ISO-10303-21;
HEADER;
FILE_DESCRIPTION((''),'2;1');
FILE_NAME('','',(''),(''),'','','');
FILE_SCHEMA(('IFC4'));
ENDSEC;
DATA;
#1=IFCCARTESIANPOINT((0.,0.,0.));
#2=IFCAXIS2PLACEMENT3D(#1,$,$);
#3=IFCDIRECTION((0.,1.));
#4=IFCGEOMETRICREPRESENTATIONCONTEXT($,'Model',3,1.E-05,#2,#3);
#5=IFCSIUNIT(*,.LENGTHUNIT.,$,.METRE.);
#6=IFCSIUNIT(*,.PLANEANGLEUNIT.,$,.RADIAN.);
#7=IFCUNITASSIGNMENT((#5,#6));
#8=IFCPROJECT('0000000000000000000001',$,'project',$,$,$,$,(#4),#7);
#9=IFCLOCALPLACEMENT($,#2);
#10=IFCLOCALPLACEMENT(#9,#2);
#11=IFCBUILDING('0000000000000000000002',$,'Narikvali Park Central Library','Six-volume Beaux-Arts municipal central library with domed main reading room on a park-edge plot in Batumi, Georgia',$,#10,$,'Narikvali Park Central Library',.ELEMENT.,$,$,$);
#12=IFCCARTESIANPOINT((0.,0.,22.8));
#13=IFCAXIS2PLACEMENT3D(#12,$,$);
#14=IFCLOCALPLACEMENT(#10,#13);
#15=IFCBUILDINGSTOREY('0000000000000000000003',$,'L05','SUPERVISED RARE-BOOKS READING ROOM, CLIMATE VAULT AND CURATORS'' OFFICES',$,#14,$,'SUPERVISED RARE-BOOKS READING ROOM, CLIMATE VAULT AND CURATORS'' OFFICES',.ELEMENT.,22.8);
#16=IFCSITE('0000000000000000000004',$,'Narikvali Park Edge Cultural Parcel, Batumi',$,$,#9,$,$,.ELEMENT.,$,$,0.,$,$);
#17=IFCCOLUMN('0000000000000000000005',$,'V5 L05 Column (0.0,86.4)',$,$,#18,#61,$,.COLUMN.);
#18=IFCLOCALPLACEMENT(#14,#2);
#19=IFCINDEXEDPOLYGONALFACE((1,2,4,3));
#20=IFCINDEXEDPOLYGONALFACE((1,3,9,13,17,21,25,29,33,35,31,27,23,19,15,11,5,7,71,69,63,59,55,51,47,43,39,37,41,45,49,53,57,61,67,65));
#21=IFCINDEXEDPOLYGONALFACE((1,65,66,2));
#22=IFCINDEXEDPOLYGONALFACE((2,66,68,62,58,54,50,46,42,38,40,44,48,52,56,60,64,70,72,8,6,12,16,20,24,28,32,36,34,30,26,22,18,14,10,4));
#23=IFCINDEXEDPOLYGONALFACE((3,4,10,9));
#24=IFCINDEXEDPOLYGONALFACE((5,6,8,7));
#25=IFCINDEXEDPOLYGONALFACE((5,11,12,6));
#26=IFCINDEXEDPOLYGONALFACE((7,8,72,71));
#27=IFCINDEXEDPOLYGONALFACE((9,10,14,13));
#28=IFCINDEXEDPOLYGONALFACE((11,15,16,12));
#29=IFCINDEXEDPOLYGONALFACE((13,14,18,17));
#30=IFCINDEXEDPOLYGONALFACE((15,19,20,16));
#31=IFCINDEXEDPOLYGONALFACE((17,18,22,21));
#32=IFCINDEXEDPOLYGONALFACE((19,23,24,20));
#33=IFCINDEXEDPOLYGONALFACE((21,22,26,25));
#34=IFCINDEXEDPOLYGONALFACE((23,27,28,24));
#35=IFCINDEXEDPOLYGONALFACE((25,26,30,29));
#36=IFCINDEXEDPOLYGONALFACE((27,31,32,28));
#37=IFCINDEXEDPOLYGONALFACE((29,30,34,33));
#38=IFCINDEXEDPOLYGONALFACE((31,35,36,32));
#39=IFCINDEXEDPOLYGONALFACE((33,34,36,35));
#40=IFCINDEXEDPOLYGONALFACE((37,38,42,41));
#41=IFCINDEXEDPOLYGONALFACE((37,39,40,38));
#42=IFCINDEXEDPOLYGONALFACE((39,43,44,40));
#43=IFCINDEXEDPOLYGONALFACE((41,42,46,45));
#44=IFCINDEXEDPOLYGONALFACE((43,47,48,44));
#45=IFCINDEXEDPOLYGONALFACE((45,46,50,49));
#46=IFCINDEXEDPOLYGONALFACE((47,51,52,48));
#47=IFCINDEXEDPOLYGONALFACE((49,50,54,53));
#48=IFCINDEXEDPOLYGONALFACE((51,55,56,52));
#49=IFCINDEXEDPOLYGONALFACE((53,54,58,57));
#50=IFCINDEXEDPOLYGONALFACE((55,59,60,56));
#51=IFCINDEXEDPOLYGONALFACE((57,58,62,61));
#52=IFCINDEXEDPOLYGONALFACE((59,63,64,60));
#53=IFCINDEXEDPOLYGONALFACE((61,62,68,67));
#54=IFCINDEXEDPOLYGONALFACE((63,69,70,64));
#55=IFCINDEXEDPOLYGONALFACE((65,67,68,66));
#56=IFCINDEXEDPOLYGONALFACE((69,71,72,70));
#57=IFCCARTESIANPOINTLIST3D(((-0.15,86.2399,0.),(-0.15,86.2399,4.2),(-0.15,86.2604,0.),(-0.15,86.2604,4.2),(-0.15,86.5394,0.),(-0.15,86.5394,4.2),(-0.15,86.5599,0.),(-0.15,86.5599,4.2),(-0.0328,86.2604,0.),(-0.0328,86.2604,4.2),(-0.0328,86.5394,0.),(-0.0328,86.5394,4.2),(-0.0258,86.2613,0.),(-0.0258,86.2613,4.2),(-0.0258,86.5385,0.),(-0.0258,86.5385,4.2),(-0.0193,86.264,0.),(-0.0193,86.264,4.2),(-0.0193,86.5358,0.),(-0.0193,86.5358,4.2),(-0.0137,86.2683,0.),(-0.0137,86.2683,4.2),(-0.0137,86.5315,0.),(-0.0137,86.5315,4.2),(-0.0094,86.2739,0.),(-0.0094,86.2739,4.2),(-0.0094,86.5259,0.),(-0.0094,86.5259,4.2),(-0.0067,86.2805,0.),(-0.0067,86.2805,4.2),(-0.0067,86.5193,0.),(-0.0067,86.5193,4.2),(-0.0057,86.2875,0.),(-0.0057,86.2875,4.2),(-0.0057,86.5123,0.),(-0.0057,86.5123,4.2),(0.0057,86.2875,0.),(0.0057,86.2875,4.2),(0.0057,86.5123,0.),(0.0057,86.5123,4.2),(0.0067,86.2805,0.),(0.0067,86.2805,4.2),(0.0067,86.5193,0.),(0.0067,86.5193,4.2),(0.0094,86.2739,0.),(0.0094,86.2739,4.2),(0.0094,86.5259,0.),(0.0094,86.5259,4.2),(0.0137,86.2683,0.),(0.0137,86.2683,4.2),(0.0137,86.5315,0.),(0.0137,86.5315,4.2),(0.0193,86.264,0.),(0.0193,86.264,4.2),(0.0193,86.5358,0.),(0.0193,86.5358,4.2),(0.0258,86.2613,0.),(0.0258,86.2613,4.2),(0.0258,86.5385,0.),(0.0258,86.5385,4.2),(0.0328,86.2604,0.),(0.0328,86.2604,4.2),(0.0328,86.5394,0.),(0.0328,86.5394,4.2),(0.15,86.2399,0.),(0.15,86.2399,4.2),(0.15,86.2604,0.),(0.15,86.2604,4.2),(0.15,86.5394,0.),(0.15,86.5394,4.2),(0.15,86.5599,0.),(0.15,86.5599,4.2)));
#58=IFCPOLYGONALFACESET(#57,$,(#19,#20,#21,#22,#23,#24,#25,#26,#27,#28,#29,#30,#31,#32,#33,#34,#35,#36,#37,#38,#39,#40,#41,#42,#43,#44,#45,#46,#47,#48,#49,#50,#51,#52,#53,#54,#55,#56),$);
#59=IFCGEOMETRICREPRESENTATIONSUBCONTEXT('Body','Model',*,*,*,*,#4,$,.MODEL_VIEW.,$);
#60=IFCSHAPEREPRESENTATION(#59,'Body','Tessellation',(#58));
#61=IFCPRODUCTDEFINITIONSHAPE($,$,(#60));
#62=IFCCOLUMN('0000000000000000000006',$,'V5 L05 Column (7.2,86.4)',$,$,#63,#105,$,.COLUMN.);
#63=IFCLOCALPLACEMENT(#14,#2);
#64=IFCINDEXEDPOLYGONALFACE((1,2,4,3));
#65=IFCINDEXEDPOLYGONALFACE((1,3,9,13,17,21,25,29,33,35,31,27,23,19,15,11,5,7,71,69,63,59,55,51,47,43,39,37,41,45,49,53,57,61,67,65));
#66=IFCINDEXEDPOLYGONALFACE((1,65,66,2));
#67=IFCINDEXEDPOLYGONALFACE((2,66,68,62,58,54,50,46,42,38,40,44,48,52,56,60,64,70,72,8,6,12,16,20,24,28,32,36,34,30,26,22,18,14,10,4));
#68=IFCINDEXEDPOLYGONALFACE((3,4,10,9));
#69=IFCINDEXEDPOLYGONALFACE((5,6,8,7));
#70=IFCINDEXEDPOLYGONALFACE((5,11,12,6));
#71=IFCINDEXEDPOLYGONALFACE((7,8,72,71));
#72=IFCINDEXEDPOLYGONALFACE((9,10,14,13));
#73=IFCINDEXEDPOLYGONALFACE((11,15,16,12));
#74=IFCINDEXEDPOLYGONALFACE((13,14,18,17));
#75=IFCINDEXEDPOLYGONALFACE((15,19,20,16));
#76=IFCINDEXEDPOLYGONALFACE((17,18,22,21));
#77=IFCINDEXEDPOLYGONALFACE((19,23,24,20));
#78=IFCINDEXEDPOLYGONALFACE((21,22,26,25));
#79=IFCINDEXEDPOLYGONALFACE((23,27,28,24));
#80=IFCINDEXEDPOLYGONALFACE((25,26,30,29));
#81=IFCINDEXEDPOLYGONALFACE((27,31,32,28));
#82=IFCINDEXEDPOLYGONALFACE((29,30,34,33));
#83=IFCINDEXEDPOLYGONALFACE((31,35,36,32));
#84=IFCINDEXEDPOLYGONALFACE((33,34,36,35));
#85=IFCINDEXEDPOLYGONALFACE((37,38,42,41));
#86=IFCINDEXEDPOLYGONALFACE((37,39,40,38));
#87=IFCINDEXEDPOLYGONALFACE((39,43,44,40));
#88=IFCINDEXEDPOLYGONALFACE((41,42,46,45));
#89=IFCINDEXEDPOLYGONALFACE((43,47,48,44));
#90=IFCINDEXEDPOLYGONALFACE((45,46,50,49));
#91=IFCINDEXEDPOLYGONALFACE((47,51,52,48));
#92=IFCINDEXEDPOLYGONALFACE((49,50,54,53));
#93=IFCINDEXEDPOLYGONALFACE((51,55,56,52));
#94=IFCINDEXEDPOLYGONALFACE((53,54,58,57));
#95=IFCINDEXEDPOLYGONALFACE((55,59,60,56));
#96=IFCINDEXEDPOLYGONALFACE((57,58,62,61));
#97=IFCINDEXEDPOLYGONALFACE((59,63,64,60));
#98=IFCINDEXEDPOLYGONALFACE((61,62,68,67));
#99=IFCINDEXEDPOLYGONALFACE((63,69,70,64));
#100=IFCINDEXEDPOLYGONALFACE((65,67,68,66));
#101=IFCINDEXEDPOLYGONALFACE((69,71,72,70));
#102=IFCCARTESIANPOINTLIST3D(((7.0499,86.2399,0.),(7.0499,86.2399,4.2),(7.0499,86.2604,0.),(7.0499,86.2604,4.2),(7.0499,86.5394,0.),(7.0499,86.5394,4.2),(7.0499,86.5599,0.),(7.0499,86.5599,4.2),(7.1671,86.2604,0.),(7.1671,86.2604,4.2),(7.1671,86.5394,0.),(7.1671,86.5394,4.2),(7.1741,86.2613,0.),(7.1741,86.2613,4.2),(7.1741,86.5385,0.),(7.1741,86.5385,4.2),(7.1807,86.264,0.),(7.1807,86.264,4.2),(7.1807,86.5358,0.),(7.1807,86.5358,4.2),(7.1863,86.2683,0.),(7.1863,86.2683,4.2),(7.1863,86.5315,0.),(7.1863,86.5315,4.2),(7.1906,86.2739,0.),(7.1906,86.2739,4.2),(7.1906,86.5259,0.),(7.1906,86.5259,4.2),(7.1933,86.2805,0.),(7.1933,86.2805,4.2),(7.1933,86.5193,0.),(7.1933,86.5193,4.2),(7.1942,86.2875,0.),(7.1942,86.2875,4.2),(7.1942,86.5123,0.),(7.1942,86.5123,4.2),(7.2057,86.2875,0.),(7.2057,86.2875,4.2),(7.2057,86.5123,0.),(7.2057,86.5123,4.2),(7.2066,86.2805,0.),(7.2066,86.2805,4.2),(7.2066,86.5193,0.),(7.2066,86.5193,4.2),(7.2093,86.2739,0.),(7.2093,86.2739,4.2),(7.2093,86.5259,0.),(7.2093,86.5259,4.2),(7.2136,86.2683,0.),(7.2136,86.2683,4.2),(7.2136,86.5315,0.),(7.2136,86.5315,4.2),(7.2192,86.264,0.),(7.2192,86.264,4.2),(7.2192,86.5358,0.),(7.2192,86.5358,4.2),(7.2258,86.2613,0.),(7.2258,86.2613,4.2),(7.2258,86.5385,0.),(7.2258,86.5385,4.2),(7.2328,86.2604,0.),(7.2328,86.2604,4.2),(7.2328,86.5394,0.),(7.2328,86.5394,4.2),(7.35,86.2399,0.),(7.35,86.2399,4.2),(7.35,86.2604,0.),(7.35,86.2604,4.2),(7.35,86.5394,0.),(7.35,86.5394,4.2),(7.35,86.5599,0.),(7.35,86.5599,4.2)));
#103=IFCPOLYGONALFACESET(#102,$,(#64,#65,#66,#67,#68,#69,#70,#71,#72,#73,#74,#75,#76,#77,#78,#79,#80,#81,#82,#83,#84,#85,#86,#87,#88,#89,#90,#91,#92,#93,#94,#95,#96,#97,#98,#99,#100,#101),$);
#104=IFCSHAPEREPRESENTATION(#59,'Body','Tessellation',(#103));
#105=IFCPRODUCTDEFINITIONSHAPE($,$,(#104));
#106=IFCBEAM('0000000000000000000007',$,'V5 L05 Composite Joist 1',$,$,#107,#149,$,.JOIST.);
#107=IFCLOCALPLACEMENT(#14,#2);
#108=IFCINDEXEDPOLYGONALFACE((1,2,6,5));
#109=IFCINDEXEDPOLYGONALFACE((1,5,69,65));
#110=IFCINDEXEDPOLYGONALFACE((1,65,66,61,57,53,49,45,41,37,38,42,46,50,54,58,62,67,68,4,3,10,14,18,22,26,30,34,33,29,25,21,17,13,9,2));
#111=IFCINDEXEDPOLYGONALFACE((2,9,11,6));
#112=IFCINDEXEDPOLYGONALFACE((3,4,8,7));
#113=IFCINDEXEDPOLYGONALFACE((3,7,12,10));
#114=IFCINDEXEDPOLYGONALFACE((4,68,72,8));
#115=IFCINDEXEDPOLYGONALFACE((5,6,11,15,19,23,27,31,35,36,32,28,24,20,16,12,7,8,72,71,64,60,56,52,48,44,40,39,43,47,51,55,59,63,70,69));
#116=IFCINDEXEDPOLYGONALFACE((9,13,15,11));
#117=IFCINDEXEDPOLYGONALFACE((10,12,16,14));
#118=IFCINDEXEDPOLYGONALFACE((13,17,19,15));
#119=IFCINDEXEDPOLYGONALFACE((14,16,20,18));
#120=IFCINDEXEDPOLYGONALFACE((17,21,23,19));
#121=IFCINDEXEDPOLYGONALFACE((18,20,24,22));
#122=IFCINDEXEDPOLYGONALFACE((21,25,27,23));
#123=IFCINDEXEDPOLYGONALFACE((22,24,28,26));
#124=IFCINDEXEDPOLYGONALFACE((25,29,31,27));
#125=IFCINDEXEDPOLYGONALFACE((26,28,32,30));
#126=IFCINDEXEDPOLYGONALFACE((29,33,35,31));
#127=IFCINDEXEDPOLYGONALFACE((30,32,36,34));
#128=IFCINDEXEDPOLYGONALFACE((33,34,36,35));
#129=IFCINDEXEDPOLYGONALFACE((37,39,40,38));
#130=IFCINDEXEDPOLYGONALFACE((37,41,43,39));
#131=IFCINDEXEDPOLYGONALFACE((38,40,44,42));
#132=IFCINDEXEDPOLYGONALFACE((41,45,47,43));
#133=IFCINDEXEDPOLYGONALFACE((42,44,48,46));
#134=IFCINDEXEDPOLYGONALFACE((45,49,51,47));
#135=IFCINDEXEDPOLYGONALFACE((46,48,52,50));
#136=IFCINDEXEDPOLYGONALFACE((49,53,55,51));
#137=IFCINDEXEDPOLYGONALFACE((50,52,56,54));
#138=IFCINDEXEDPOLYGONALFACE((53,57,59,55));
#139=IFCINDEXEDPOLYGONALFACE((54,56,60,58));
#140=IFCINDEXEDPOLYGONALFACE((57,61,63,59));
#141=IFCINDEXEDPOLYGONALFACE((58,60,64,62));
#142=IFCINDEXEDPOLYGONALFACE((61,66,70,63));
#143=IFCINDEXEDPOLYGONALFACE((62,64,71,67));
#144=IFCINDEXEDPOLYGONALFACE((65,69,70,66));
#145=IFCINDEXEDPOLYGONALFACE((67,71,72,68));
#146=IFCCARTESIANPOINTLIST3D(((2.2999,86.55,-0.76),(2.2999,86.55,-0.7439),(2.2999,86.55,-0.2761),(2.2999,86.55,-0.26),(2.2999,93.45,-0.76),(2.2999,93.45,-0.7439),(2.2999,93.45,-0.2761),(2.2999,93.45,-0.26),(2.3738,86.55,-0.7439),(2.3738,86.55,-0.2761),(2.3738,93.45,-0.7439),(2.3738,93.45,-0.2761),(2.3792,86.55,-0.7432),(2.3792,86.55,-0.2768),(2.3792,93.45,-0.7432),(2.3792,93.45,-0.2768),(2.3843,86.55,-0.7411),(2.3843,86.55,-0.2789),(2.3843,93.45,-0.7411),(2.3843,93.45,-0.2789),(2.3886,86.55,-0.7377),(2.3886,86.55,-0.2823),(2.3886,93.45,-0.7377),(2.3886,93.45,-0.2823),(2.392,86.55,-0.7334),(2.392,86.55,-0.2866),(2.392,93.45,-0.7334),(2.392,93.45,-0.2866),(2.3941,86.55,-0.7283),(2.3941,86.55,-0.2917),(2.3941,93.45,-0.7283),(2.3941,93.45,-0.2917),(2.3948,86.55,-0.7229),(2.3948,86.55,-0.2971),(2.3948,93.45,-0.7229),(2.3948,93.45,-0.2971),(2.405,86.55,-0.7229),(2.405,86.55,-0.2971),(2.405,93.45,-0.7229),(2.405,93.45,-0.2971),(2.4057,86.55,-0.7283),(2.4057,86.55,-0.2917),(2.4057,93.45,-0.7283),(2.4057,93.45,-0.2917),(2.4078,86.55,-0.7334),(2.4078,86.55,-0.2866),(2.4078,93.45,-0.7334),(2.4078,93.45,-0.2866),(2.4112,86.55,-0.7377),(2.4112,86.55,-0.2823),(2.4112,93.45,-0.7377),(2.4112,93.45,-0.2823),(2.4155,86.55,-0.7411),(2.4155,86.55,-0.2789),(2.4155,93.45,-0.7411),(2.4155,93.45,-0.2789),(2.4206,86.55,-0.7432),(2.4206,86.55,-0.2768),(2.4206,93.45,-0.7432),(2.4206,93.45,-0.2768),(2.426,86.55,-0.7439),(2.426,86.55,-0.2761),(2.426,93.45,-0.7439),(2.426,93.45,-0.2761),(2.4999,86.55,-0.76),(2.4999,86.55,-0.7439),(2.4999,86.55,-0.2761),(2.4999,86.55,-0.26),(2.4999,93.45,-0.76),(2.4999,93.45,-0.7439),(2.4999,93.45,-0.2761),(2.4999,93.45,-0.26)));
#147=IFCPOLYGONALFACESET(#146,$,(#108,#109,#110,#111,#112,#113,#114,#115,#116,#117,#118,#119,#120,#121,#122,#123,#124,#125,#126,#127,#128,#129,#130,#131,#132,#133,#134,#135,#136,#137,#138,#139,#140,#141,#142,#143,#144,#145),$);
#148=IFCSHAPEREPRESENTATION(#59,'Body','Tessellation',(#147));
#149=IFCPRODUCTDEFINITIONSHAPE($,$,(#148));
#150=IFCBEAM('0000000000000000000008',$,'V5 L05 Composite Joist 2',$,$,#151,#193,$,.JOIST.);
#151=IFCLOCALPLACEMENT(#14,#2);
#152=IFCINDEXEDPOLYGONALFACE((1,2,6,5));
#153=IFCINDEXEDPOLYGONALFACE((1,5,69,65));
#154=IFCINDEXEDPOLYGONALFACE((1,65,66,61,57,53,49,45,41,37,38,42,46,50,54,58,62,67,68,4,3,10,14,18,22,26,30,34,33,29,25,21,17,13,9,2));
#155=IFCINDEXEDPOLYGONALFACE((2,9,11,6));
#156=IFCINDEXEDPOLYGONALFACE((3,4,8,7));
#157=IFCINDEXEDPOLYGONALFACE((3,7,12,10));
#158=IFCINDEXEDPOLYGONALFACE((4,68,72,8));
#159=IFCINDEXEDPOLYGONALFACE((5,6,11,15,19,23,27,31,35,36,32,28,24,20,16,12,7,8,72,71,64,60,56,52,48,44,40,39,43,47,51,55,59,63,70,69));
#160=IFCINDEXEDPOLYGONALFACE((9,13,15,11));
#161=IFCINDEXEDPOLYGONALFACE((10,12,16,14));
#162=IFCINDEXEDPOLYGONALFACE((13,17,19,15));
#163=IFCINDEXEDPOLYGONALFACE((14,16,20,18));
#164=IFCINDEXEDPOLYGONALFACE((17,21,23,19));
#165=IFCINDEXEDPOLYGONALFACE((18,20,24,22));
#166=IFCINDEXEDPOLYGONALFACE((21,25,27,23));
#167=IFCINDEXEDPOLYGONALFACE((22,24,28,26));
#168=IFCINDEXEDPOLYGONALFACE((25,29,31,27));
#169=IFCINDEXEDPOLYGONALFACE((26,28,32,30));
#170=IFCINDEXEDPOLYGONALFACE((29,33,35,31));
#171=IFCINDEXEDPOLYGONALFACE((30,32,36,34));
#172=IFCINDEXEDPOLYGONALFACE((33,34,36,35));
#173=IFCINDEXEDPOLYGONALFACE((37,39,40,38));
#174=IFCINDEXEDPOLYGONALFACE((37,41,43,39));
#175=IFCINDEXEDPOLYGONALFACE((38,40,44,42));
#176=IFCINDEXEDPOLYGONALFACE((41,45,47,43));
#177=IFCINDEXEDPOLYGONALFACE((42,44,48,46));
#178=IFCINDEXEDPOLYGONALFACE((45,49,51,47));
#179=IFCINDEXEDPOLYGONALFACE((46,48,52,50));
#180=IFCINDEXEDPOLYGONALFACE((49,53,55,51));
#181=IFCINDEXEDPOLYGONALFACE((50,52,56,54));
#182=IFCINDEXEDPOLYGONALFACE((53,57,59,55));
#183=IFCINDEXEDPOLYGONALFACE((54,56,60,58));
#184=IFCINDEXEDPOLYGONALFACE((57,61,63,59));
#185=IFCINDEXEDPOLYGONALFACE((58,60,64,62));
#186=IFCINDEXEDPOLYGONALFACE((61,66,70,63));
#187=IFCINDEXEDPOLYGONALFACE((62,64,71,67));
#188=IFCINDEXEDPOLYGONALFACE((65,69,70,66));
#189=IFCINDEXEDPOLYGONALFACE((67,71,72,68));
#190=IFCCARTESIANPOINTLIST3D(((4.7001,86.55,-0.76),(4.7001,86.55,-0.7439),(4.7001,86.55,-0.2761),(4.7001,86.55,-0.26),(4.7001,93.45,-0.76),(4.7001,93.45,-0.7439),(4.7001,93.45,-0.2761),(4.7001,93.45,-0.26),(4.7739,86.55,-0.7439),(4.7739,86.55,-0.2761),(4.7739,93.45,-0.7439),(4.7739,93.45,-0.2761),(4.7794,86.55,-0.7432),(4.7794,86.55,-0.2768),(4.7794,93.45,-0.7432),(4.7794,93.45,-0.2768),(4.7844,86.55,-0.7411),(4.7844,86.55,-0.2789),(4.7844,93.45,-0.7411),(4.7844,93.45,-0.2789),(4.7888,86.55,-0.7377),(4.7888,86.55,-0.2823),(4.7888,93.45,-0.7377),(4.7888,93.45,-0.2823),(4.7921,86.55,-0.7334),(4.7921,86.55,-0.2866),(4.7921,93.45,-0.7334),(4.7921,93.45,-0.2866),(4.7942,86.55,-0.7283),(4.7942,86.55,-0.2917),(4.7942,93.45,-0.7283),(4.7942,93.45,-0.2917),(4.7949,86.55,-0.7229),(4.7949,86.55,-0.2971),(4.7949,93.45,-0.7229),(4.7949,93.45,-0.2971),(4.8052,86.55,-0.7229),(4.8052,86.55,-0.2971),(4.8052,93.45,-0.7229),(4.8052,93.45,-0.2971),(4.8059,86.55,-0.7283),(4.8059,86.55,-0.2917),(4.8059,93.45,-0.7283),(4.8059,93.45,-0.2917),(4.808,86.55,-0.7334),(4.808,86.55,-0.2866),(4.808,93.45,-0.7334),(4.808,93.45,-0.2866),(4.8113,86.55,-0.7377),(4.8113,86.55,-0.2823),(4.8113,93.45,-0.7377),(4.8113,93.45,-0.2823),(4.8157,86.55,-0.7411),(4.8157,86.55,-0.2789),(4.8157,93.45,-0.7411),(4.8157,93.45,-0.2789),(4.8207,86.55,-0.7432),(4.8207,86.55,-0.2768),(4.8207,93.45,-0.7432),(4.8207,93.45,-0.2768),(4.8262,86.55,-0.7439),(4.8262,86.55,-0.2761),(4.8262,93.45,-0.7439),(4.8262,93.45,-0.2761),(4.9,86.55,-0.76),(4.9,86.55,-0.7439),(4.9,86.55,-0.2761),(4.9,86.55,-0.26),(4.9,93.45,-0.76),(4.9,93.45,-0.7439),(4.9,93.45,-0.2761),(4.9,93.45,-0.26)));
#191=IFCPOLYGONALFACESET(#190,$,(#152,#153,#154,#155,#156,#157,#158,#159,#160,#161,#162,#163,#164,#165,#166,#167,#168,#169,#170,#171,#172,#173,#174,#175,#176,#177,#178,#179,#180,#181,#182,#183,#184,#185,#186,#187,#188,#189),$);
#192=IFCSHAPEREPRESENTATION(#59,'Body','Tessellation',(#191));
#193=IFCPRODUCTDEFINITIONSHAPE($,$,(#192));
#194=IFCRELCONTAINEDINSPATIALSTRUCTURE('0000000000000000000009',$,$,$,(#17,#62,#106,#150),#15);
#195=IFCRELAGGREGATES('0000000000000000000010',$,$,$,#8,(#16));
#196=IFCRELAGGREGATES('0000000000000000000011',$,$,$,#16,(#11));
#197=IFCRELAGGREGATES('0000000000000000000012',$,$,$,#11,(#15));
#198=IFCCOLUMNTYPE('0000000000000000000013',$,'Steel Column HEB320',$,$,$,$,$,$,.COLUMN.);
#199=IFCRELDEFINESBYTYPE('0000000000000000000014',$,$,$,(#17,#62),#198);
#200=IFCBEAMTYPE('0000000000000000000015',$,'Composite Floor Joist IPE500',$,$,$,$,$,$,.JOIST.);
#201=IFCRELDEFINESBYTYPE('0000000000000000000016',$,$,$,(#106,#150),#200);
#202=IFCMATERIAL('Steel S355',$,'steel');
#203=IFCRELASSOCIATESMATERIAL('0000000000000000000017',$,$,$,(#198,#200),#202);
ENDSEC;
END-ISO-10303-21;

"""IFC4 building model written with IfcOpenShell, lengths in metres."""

from ifc_helpers import new_model, si_unit, direction, frame, origin, origin_2d, place, context, subcontext, project, spatial, i_section, extrude, material, material_profile, profile_set, type_object, element, save


model = new_model("IFC4")

# Units and contexts
model_context = context("Model", 3, precision=1e-05, world=origin(), true_north=direction((0.0, 1.0)))
body_context = subcontext(model_context, "Body", "Model", "MODEL_VIEW")
ifc_project = project(units=[si_unit("LENGTHUNIT", "METRE"), si_unit("PLANEANGLEUNIT", "RADIAN")], contexts=[model_context])

# Site, building, storey
site_placement = place(None, origin())
site = spatial("IfcSite", under=ifc_project, at=site_placement, Name="Narikvali Park Edge Cultural Parcel, Batumi", CompositionType="ELEMENT", RefElevation=0.0)
building_placement = place(site_placement, origin())
building = spatial("IfcBuilding", under=site, at=building_placement, Name="Narikvali Park Central Library", Description="Six-volume Beaux-Arts municipal central library with domed main reading room on a park-edge plot in Batumi, Georgia", LongName="Narikvali Park Central Library", CompositionType="ELEMENT")
storey_placement = place(building_placement, frame((0.0, 0.0, 22.8)))
storey = spatial("IfcBuildingStorey", under=building, at=storey_placement, Name="L05", Description="SUPERVISED RARE-BOOKS READING ROOM, CLIMATE VAULT AND CURATORS' OFFICES", LongName="SUPERVISED RARE-BOOKS READING ROOM, CLIMATE VAULT AND CURATORS' OFFICES", CompositionType="ELEMENT", Elevation=22.8)

# Columns
ifc_material_1 = material(Name="Steel S355", Category="steel")
ifc_material_profile_1 = material_profile(ifc_material_1, i_section(OverallWidth=0.3, OverallDepth=0.3201, WebThickness=0.0115, FlangeThickness=0.0205, FilletRadius=0.0271, at=origin_2d()), Name="HEB 320")
ifc_profile_set_1 = profile_set([ifc_material_profile_1], Name="Steel S355")
column_type = type_object("IfcColumnType", Name="Steel Column HEB320", PredefinedType="COLUMN", material=ifc_profile_set_1)
for number, where, z_axis, x_axis, name in (
    (1, (0.0, 86.3999, 0.0), (0.0, 0.0, 1.0), (1.0, 0.0, 0.0), "V5 L05 Column (0.0,86.4)"),
    (2, (7.2, 86.3999, 0.0), (0.0, 0.0, 1.0), (1.0, 0.0, 0.0), "V5 L05 Column (7.2,86.4)"),
):
    element("IfcColumn", number, at=place(storey_placement, frame(where, z_axis=z_axis, x_axis=x_axis)), inside=storey, type_object=column_type, Name=name, PredefinedType="COLUMN", context=body_context, shape_type="SweptSolid", body=[
        extrude(i_section(OverallWidth=0.3, OverallDepth=0.3201, WebThickness=0.0115, FlangeThickness=0.0205, FilletRadius=0.0271, at=origin_2d()), origin(), (0.0, 0.0, 1.0), 4.2),
    ])

# Beams
ifc_material_profile_2 = material_profile(ifc_material_1, i_section(OverallWidth=0.2, OverallDepth=0.5, WebThickness=0.0103, FlangeThickness=0.0161, FilletRadius=0.021, at=origin_2d()), Name="IPE 500")
ifc_profile_set_2 = profile_set([ifc_material_profile_2], Name="Steel S355")
beam_type_1 = type_object("IfcBeamType", Name="Composite Floor Joist IPE500", PredefinedType="JOIST", material=ifc_profile_set_2)
for number, where, z_axis, x_axis, name in (
    (3, (2.3999, 86.55, -0.51), (0.0, 1.0, 0.0), (-1.0, 0.0, 0.0), "V5 L05 Composite Joist 1"),
    (4, (4.8, 86.55, -0.51), (0.0, 1.0, 0.0), (-1.0, 0.0, 0.0), "V5 L05 Composite Joist 2"),
):
    element("IfcBeam", number, at=place(storey_placement, frame(where, z_axis=z_axis, x_axis=x_axis)), inside=storey, type_object=beam_type_1, Name=name, PredefinedType="JOIST", context=body_context, shape_type="SweptSolid", body=[
        extrude(i_section(OverallWidth=0.2, OverallDepth=0.5, WebThickness=0.0103, FlangeThickness=0.0161, FilletRadius=0.021, at=origin_2d()), origin(), (0.0, 0.0, 1.0), 6.8999),
    ])

save(model, "model.ifc")
